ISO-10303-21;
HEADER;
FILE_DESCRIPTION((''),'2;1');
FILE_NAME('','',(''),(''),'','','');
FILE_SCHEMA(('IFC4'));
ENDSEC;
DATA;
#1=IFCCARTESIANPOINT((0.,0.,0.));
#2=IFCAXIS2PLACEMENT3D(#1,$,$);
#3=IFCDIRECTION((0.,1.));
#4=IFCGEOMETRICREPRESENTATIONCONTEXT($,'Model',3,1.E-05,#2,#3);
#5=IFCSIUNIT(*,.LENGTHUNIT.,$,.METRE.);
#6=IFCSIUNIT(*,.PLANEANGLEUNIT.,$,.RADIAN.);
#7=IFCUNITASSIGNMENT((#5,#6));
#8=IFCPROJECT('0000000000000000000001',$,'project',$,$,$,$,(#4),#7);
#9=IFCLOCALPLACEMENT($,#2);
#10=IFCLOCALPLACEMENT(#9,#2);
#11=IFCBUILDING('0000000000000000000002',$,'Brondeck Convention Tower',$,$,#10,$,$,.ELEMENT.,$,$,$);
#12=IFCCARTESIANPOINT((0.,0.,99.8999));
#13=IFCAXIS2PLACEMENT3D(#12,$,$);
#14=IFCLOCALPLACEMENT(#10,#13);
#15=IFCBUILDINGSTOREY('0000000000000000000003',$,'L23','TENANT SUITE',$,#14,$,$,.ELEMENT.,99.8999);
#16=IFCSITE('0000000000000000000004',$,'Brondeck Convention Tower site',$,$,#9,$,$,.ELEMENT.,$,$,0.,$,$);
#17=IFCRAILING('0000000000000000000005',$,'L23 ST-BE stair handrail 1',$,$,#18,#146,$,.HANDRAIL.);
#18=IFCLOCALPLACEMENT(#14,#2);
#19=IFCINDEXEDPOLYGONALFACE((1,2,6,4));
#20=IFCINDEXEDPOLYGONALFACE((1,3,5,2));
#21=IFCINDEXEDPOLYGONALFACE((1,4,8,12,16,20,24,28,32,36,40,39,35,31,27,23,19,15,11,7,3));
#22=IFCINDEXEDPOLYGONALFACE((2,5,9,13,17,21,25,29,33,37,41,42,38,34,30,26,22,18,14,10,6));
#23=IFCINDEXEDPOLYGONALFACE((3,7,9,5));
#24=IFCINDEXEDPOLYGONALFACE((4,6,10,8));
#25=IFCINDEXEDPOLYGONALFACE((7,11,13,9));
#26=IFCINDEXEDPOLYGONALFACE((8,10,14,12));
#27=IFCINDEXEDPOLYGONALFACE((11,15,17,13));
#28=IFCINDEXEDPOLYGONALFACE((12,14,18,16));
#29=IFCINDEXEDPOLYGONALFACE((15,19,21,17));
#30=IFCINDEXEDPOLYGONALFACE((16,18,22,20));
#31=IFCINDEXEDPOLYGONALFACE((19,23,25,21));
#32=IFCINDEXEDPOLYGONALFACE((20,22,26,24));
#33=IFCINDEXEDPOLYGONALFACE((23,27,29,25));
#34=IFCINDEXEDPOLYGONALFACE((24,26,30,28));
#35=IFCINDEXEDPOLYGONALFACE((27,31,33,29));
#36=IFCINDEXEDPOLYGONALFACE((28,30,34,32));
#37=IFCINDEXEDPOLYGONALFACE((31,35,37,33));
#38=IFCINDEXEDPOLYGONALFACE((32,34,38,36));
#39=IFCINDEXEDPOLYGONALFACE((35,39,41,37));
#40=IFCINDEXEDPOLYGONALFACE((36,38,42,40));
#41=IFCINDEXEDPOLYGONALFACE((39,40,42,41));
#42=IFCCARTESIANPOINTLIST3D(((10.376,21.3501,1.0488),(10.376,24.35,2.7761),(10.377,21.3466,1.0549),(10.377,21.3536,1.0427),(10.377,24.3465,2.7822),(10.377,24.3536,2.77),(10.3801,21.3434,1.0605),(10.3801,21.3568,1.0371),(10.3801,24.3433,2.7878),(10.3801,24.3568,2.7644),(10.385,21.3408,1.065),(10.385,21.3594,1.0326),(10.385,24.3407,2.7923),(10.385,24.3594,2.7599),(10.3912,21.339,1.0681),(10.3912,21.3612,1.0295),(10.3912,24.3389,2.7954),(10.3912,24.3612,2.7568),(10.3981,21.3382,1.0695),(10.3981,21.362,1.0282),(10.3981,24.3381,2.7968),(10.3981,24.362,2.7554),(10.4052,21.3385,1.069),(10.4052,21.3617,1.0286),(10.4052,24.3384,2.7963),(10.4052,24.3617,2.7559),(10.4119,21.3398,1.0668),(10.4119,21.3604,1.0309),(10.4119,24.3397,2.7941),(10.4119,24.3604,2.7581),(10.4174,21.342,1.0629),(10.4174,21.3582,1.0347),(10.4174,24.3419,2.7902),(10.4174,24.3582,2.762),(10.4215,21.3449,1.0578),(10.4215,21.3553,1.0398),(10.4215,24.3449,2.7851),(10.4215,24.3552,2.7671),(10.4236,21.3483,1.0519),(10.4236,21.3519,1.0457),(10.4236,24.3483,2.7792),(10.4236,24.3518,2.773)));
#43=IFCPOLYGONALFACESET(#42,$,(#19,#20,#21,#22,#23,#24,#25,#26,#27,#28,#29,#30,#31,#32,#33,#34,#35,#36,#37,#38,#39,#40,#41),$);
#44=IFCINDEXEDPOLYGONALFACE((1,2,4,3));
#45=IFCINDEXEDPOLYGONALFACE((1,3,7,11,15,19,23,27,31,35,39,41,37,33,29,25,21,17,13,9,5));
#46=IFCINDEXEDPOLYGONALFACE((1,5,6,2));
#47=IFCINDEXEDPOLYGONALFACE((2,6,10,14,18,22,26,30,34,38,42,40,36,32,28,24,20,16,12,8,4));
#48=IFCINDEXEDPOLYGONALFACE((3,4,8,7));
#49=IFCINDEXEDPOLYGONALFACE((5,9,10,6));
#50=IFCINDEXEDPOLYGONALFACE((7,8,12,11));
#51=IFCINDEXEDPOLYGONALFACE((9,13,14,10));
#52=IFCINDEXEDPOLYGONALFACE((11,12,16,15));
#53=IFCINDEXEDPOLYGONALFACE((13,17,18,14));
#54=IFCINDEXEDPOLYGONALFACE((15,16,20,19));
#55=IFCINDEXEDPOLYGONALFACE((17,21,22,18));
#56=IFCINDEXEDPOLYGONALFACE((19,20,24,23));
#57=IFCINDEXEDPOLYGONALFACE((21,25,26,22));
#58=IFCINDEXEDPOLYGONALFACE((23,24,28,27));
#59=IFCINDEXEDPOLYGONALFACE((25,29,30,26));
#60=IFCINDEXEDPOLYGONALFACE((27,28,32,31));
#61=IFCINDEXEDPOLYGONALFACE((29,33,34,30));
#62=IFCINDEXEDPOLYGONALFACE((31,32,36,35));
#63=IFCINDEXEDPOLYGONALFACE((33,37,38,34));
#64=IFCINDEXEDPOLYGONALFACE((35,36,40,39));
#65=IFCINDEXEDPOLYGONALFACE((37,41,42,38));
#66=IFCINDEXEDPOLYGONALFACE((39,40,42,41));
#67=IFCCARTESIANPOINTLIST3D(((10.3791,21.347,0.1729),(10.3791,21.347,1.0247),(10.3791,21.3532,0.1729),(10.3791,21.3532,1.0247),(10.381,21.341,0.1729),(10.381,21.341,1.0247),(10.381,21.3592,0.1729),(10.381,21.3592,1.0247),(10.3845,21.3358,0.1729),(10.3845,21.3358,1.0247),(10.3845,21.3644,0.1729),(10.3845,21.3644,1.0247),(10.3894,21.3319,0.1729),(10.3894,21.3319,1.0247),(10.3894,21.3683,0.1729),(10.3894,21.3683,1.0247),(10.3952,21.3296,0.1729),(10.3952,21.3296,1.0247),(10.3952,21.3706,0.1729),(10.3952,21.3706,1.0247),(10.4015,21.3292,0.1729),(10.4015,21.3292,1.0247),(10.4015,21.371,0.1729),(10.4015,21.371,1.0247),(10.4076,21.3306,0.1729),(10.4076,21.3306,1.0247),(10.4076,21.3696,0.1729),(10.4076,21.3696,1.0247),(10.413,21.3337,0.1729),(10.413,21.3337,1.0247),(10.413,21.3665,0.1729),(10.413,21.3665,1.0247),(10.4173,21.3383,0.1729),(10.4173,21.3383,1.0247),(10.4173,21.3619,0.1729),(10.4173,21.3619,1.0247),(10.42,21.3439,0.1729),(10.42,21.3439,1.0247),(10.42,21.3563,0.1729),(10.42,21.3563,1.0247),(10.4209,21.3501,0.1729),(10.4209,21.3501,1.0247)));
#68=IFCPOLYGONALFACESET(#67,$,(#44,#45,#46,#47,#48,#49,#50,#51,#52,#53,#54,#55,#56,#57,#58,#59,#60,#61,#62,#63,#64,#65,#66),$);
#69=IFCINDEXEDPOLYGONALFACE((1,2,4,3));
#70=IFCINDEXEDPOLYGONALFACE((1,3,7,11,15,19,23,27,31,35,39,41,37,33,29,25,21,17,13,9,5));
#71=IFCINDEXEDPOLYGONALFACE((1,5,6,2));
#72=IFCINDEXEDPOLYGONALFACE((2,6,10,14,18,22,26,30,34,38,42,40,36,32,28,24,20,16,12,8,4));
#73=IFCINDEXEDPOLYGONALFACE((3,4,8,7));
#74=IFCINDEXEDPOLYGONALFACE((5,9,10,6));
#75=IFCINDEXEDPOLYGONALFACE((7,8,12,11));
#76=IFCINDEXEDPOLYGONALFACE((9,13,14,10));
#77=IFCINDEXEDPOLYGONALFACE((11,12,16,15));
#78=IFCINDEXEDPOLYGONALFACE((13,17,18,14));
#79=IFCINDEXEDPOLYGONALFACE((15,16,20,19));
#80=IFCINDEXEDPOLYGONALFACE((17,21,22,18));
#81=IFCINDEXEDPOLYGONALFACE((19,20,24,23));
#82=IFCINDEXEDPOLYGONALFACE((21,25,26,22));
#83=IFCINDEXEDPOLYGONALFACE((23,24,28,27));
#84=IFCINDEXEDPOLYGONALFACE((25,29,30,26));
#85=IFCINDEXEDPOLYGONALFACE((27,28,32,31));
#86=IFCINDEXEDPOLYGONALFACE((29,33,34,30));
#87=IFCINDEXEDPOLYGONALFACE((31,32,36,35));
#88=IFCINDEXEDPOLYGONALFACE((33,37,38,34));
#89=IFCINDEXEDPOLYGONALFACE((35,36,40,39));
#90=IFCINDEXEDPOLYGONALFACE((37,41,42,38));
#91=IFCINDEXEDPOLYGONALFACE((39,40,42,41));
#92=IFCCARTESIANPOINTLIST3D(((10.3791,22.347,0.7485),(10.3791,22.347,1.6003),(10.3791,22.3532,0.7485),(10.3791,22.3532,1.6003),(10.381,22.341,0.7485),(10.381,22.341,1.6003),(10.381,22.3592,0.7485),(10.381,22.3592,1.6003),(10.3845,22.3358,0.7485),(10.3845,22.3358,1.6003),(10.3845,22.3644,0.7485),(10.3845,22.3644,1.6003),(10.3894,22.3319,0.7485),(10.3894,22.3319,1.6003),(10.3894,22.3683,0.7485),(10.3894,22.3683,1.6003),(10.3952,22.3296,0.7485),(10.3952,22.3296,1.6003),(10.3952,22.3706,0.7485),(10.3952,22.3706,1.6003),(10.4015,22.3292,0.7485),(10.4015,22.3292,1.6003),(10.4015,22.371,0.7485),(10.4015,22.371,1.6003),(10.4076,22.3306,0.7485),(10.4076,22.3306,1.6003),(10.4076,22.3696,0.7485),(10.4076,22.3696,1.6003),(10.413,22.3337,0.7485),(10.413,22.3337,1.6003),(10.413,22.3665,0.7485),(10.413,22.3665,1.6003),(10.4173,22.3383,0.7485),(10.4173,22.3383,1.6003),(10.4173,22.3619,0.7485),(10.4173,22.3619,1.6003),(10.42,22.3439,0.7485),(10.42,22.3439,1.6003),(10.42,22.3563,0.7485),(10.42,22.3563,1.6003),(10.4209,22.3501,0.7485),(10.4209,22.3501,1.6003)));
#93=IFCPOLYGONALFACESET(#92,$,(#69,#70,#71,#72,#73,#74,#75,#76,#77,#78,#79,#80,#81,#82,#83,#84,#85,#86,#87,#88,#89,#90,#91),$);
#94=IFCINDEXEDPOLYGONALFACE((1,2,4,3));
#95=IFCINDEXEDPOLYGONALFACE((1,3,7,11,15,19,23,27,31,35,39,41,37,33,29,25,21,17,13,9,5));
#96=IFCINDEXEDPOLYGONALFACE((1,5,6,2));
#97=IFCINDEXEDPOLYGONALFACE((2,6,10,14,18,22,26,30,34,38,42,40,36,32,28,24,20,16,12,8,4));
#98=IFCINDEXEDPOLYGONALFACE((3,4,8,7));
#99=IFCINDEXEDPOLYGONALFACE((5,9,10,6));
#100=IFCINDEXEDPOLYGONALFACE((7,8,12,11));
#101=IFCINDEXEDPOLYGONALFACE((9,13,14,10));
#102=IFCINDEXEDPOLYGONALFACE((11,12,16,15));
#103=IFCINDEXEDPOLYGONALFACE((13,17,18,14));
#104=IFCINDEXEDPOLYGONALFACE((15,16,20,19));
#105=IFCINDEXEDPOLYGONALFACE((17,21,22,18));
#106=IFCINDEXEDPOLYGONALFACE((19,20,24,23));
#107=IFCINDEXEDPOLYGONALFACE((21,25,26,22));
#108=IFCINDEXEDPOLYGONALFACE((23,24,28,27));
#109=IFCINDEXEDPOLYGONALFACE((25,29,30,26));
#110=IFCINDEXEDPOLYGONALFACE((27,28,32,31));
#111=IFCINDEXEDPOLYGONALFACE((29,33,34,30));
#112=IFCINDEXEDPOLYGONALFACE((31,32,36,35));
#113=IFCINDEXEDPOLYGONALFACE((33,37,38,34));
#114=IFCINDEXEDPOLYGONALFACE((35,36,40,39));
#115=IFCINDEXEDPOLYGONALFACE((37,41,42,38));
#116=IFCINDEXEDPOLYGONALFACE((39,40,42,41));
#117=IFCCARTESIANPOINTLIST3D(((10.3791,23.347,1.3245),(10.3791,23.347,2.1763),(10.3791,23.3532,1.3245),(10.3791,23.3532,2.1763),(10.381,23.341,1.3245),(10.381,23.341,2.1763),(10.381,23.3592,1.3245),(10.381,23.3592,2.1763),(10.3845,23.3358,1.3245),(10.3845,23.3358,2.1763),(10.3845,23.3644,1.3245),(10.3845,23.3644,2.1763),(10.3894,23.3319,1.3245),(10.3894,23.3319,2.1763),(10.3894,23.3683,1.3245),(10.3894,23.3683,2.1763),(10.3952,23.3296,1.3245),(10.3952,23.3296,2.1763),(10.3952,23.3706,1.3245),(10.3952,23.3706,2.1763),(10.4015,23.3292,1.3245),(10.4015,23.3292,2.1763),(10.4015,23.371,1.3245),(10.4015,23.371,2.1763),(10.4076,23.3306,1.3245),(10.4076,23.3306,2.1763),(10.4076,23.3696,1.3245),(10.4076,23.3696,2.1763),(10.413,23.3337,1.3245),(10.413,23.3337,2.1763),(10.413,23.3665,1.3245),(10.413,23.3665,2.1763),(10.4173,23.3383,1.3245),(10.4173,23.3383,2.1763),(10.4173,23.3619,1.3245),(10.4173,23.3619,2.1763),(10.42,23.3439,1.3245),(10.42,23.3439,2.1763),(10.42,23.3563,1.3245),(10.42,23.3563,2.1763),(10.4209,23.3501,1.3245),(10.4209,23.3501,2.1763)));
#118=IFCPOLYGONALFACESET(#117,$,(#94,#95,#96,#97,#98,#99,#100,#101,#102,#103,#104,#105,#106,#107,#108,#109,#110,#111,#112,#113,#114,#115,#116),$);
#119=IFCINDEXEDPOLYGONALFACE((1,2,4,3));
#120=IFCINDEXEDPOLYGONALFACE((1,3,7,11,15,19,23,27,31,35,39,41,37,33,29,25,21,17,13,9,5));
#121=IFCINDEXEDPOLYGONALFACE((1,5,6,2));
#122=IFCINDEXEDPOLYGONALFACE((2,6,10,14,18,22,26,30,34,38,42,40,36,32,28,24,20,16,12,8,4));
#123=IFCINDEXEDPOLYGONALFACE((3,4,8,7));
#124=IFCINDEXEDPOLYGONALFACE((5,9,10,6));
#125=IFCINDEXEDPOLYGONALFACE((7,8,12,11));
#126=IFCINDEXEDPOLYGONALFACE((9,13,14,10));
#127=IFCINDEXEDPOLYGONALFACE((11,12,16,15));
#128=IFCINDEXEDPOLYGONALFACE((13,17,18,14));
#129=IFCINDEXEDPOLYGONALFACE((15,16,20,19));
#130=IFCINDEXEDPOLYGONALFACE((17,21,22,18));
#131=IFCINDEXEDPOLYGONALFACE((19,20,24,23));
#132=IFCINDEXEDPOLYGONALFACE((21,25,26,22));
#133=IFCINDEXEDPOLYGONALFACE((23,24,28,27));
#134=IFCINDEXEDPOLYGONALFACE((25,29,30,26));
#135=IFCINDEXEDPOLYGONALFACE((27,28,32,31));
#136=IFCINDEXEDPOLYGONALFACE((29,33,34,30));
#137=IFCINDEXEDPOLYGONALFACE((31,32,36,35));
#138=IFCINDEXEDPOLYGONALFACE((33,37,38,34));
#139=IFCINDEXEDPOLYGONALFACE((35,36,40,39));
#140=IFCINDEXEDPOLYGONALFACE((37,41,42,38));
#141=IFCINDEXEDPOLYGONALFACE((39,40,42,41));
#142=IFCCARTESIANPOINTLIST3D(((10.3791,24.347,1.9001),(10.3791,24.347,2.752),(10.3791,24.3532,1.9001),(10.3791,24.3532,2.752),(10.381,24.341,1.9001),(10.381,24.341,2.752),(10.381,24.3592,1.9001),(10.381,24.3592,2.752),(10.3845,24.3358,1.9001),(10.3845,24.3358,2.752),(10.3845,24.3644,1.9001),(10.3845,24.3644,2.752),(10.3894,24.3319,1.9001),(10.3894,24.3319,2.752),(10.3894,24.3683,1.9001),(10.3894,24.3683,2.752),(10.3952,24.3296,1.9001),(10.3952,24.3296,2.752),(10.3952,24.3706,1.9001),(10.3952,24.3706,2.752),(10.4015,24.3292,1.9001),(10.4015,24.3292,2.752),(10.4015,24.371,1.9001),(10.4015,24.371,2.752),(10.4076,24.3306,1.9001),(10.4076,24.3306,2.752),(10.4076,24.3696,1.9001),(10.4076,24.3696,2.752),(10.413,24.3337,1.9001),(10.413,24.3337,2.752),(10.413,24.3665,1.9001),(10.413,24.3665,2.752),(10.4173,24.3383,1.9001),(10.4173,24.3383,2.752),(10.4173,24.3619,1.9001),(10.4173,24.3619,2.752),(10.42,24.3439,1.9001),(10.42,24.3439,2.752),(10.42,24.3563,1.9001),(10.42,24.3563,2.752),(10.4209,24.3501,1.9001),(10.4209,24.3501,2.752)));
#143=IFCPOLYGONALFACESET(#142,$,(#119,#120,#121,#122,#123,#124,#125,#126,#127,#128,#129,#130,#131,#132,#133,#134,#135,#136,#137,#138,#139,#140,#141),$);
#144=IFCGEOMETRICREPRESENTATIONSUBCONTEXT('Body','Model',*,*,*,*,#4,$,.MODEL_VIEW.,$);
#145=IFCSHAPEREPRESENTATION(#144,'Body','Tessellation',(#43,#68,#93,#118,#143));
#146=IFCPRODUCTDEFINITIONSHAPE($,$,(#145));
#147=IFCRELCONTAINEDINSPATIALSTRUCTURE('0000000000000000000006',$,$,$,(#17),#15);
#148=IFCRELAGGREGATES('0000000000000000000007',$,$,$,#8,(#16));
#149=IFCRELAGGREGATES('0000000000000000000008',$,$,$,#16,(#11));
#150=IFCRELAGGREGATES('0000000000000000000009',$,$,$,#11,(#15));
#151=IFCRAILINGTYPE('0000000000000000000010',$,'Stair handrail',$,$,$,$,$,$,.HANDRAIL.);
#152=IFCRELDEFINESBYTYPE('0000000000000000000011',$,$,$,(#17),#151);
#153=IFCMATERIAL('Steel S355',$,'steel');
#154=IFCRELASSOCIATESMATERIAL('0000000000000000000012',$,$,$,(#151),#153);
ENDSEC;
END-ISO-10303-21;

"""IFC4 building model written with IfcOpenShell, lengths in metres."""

from ifc_helpers import new_model, si_unit, direction, frame, origin, origin_2d, place, context, subcontext, project, spatial, circle, extrude, material, type_object, element, save


model = new_model("IFC4")

# Units and contexts
model_context = context("Model", 3, precision=1e-05, world=origin(), true_north=direction((0.0, 1.0)))
body_context = subcontext(model_context, "Body", "Model", "MODEL_VIEW")
ifc_project = project(units=[si_unit("LENGTHUNIT", "METRE"), si_unit("PLANEANGLEUNIT", "RADIAN")], contexts=[model_context])

# Site, building, storey
site_placement = place(None, origin())
site = spatial("IfcSite", under=ifc_project, at=site_placement, Name="Brondeck Convention Tower site", CompositionType="ELEMENT", RefElevation=0.0)
building_placement = place(site_placement, origin())
building = spatial("IfcBuilding", under=site, at=building_placement, Name="Brondeck Convention Tower", CompositionType="ELEMENT")
storey_placement = place(building_placement, frame((0.0, 0.0, 99.8999)))
storey = spatial("IfcBuildingStorey", under=building, at=storey_placement, Name="L23", Description="TENANT SUITE", CompositionType="ELEMENT", Elevation=99.8999)

# Shared definitions
ifc_material_1 = material(Name="Steel S355", Category="steel")

# Railing
railing_type_1 = type_object("IfcRailingType", Name="Stair handrail", PredefinedType="HANDRAIL", material=ifc_material_1)
railing_1_placement = place(storey_placement, frame((10.3999, 21.3501, 0.1729)))
element("IfcRailing", 1, at=railing_1_placement, inside=storey, type_object=railing_type_1, Name="L23 ST-BE stair handrail 1", PredefinedType="HANDRAIL", context=body_context, shape_type="SweptSolid", body=[
    extrude(circle(Radius=0.0239, at=origin_2d()), frame((0.0, 0.0, 0.876), z_axis=(0.0, 0.86662, 0.498969), x_axis=(-1.0, 0.0, 0.0)), (0.0, 0.0, 1.0), 3.4617),
    extrude(circle(Radius=0.021, at=origin_2d()), origin(), (0.0, 0.0, 1.0), 0.8518),
    extrude(circle(Radius=0.021, at=origin_2d()), frame((0.0, 1.0, 0.5757)), (0.0, 0.0, 1.0), 0.8518),
    extrude(circle(Radius=0.021, at=origin_2d()), frame((0.0, 2.0, 1.1516)), (0.0, 0.0, 1.0), 0.8518),
    extrude(circle(Radius=0.021, at=origin_2d()), frame((0.0, 3.0, 1.7273)), (0.0, 0.0, 1.0), 0.8518),
])

save(model, "model.ifc")
